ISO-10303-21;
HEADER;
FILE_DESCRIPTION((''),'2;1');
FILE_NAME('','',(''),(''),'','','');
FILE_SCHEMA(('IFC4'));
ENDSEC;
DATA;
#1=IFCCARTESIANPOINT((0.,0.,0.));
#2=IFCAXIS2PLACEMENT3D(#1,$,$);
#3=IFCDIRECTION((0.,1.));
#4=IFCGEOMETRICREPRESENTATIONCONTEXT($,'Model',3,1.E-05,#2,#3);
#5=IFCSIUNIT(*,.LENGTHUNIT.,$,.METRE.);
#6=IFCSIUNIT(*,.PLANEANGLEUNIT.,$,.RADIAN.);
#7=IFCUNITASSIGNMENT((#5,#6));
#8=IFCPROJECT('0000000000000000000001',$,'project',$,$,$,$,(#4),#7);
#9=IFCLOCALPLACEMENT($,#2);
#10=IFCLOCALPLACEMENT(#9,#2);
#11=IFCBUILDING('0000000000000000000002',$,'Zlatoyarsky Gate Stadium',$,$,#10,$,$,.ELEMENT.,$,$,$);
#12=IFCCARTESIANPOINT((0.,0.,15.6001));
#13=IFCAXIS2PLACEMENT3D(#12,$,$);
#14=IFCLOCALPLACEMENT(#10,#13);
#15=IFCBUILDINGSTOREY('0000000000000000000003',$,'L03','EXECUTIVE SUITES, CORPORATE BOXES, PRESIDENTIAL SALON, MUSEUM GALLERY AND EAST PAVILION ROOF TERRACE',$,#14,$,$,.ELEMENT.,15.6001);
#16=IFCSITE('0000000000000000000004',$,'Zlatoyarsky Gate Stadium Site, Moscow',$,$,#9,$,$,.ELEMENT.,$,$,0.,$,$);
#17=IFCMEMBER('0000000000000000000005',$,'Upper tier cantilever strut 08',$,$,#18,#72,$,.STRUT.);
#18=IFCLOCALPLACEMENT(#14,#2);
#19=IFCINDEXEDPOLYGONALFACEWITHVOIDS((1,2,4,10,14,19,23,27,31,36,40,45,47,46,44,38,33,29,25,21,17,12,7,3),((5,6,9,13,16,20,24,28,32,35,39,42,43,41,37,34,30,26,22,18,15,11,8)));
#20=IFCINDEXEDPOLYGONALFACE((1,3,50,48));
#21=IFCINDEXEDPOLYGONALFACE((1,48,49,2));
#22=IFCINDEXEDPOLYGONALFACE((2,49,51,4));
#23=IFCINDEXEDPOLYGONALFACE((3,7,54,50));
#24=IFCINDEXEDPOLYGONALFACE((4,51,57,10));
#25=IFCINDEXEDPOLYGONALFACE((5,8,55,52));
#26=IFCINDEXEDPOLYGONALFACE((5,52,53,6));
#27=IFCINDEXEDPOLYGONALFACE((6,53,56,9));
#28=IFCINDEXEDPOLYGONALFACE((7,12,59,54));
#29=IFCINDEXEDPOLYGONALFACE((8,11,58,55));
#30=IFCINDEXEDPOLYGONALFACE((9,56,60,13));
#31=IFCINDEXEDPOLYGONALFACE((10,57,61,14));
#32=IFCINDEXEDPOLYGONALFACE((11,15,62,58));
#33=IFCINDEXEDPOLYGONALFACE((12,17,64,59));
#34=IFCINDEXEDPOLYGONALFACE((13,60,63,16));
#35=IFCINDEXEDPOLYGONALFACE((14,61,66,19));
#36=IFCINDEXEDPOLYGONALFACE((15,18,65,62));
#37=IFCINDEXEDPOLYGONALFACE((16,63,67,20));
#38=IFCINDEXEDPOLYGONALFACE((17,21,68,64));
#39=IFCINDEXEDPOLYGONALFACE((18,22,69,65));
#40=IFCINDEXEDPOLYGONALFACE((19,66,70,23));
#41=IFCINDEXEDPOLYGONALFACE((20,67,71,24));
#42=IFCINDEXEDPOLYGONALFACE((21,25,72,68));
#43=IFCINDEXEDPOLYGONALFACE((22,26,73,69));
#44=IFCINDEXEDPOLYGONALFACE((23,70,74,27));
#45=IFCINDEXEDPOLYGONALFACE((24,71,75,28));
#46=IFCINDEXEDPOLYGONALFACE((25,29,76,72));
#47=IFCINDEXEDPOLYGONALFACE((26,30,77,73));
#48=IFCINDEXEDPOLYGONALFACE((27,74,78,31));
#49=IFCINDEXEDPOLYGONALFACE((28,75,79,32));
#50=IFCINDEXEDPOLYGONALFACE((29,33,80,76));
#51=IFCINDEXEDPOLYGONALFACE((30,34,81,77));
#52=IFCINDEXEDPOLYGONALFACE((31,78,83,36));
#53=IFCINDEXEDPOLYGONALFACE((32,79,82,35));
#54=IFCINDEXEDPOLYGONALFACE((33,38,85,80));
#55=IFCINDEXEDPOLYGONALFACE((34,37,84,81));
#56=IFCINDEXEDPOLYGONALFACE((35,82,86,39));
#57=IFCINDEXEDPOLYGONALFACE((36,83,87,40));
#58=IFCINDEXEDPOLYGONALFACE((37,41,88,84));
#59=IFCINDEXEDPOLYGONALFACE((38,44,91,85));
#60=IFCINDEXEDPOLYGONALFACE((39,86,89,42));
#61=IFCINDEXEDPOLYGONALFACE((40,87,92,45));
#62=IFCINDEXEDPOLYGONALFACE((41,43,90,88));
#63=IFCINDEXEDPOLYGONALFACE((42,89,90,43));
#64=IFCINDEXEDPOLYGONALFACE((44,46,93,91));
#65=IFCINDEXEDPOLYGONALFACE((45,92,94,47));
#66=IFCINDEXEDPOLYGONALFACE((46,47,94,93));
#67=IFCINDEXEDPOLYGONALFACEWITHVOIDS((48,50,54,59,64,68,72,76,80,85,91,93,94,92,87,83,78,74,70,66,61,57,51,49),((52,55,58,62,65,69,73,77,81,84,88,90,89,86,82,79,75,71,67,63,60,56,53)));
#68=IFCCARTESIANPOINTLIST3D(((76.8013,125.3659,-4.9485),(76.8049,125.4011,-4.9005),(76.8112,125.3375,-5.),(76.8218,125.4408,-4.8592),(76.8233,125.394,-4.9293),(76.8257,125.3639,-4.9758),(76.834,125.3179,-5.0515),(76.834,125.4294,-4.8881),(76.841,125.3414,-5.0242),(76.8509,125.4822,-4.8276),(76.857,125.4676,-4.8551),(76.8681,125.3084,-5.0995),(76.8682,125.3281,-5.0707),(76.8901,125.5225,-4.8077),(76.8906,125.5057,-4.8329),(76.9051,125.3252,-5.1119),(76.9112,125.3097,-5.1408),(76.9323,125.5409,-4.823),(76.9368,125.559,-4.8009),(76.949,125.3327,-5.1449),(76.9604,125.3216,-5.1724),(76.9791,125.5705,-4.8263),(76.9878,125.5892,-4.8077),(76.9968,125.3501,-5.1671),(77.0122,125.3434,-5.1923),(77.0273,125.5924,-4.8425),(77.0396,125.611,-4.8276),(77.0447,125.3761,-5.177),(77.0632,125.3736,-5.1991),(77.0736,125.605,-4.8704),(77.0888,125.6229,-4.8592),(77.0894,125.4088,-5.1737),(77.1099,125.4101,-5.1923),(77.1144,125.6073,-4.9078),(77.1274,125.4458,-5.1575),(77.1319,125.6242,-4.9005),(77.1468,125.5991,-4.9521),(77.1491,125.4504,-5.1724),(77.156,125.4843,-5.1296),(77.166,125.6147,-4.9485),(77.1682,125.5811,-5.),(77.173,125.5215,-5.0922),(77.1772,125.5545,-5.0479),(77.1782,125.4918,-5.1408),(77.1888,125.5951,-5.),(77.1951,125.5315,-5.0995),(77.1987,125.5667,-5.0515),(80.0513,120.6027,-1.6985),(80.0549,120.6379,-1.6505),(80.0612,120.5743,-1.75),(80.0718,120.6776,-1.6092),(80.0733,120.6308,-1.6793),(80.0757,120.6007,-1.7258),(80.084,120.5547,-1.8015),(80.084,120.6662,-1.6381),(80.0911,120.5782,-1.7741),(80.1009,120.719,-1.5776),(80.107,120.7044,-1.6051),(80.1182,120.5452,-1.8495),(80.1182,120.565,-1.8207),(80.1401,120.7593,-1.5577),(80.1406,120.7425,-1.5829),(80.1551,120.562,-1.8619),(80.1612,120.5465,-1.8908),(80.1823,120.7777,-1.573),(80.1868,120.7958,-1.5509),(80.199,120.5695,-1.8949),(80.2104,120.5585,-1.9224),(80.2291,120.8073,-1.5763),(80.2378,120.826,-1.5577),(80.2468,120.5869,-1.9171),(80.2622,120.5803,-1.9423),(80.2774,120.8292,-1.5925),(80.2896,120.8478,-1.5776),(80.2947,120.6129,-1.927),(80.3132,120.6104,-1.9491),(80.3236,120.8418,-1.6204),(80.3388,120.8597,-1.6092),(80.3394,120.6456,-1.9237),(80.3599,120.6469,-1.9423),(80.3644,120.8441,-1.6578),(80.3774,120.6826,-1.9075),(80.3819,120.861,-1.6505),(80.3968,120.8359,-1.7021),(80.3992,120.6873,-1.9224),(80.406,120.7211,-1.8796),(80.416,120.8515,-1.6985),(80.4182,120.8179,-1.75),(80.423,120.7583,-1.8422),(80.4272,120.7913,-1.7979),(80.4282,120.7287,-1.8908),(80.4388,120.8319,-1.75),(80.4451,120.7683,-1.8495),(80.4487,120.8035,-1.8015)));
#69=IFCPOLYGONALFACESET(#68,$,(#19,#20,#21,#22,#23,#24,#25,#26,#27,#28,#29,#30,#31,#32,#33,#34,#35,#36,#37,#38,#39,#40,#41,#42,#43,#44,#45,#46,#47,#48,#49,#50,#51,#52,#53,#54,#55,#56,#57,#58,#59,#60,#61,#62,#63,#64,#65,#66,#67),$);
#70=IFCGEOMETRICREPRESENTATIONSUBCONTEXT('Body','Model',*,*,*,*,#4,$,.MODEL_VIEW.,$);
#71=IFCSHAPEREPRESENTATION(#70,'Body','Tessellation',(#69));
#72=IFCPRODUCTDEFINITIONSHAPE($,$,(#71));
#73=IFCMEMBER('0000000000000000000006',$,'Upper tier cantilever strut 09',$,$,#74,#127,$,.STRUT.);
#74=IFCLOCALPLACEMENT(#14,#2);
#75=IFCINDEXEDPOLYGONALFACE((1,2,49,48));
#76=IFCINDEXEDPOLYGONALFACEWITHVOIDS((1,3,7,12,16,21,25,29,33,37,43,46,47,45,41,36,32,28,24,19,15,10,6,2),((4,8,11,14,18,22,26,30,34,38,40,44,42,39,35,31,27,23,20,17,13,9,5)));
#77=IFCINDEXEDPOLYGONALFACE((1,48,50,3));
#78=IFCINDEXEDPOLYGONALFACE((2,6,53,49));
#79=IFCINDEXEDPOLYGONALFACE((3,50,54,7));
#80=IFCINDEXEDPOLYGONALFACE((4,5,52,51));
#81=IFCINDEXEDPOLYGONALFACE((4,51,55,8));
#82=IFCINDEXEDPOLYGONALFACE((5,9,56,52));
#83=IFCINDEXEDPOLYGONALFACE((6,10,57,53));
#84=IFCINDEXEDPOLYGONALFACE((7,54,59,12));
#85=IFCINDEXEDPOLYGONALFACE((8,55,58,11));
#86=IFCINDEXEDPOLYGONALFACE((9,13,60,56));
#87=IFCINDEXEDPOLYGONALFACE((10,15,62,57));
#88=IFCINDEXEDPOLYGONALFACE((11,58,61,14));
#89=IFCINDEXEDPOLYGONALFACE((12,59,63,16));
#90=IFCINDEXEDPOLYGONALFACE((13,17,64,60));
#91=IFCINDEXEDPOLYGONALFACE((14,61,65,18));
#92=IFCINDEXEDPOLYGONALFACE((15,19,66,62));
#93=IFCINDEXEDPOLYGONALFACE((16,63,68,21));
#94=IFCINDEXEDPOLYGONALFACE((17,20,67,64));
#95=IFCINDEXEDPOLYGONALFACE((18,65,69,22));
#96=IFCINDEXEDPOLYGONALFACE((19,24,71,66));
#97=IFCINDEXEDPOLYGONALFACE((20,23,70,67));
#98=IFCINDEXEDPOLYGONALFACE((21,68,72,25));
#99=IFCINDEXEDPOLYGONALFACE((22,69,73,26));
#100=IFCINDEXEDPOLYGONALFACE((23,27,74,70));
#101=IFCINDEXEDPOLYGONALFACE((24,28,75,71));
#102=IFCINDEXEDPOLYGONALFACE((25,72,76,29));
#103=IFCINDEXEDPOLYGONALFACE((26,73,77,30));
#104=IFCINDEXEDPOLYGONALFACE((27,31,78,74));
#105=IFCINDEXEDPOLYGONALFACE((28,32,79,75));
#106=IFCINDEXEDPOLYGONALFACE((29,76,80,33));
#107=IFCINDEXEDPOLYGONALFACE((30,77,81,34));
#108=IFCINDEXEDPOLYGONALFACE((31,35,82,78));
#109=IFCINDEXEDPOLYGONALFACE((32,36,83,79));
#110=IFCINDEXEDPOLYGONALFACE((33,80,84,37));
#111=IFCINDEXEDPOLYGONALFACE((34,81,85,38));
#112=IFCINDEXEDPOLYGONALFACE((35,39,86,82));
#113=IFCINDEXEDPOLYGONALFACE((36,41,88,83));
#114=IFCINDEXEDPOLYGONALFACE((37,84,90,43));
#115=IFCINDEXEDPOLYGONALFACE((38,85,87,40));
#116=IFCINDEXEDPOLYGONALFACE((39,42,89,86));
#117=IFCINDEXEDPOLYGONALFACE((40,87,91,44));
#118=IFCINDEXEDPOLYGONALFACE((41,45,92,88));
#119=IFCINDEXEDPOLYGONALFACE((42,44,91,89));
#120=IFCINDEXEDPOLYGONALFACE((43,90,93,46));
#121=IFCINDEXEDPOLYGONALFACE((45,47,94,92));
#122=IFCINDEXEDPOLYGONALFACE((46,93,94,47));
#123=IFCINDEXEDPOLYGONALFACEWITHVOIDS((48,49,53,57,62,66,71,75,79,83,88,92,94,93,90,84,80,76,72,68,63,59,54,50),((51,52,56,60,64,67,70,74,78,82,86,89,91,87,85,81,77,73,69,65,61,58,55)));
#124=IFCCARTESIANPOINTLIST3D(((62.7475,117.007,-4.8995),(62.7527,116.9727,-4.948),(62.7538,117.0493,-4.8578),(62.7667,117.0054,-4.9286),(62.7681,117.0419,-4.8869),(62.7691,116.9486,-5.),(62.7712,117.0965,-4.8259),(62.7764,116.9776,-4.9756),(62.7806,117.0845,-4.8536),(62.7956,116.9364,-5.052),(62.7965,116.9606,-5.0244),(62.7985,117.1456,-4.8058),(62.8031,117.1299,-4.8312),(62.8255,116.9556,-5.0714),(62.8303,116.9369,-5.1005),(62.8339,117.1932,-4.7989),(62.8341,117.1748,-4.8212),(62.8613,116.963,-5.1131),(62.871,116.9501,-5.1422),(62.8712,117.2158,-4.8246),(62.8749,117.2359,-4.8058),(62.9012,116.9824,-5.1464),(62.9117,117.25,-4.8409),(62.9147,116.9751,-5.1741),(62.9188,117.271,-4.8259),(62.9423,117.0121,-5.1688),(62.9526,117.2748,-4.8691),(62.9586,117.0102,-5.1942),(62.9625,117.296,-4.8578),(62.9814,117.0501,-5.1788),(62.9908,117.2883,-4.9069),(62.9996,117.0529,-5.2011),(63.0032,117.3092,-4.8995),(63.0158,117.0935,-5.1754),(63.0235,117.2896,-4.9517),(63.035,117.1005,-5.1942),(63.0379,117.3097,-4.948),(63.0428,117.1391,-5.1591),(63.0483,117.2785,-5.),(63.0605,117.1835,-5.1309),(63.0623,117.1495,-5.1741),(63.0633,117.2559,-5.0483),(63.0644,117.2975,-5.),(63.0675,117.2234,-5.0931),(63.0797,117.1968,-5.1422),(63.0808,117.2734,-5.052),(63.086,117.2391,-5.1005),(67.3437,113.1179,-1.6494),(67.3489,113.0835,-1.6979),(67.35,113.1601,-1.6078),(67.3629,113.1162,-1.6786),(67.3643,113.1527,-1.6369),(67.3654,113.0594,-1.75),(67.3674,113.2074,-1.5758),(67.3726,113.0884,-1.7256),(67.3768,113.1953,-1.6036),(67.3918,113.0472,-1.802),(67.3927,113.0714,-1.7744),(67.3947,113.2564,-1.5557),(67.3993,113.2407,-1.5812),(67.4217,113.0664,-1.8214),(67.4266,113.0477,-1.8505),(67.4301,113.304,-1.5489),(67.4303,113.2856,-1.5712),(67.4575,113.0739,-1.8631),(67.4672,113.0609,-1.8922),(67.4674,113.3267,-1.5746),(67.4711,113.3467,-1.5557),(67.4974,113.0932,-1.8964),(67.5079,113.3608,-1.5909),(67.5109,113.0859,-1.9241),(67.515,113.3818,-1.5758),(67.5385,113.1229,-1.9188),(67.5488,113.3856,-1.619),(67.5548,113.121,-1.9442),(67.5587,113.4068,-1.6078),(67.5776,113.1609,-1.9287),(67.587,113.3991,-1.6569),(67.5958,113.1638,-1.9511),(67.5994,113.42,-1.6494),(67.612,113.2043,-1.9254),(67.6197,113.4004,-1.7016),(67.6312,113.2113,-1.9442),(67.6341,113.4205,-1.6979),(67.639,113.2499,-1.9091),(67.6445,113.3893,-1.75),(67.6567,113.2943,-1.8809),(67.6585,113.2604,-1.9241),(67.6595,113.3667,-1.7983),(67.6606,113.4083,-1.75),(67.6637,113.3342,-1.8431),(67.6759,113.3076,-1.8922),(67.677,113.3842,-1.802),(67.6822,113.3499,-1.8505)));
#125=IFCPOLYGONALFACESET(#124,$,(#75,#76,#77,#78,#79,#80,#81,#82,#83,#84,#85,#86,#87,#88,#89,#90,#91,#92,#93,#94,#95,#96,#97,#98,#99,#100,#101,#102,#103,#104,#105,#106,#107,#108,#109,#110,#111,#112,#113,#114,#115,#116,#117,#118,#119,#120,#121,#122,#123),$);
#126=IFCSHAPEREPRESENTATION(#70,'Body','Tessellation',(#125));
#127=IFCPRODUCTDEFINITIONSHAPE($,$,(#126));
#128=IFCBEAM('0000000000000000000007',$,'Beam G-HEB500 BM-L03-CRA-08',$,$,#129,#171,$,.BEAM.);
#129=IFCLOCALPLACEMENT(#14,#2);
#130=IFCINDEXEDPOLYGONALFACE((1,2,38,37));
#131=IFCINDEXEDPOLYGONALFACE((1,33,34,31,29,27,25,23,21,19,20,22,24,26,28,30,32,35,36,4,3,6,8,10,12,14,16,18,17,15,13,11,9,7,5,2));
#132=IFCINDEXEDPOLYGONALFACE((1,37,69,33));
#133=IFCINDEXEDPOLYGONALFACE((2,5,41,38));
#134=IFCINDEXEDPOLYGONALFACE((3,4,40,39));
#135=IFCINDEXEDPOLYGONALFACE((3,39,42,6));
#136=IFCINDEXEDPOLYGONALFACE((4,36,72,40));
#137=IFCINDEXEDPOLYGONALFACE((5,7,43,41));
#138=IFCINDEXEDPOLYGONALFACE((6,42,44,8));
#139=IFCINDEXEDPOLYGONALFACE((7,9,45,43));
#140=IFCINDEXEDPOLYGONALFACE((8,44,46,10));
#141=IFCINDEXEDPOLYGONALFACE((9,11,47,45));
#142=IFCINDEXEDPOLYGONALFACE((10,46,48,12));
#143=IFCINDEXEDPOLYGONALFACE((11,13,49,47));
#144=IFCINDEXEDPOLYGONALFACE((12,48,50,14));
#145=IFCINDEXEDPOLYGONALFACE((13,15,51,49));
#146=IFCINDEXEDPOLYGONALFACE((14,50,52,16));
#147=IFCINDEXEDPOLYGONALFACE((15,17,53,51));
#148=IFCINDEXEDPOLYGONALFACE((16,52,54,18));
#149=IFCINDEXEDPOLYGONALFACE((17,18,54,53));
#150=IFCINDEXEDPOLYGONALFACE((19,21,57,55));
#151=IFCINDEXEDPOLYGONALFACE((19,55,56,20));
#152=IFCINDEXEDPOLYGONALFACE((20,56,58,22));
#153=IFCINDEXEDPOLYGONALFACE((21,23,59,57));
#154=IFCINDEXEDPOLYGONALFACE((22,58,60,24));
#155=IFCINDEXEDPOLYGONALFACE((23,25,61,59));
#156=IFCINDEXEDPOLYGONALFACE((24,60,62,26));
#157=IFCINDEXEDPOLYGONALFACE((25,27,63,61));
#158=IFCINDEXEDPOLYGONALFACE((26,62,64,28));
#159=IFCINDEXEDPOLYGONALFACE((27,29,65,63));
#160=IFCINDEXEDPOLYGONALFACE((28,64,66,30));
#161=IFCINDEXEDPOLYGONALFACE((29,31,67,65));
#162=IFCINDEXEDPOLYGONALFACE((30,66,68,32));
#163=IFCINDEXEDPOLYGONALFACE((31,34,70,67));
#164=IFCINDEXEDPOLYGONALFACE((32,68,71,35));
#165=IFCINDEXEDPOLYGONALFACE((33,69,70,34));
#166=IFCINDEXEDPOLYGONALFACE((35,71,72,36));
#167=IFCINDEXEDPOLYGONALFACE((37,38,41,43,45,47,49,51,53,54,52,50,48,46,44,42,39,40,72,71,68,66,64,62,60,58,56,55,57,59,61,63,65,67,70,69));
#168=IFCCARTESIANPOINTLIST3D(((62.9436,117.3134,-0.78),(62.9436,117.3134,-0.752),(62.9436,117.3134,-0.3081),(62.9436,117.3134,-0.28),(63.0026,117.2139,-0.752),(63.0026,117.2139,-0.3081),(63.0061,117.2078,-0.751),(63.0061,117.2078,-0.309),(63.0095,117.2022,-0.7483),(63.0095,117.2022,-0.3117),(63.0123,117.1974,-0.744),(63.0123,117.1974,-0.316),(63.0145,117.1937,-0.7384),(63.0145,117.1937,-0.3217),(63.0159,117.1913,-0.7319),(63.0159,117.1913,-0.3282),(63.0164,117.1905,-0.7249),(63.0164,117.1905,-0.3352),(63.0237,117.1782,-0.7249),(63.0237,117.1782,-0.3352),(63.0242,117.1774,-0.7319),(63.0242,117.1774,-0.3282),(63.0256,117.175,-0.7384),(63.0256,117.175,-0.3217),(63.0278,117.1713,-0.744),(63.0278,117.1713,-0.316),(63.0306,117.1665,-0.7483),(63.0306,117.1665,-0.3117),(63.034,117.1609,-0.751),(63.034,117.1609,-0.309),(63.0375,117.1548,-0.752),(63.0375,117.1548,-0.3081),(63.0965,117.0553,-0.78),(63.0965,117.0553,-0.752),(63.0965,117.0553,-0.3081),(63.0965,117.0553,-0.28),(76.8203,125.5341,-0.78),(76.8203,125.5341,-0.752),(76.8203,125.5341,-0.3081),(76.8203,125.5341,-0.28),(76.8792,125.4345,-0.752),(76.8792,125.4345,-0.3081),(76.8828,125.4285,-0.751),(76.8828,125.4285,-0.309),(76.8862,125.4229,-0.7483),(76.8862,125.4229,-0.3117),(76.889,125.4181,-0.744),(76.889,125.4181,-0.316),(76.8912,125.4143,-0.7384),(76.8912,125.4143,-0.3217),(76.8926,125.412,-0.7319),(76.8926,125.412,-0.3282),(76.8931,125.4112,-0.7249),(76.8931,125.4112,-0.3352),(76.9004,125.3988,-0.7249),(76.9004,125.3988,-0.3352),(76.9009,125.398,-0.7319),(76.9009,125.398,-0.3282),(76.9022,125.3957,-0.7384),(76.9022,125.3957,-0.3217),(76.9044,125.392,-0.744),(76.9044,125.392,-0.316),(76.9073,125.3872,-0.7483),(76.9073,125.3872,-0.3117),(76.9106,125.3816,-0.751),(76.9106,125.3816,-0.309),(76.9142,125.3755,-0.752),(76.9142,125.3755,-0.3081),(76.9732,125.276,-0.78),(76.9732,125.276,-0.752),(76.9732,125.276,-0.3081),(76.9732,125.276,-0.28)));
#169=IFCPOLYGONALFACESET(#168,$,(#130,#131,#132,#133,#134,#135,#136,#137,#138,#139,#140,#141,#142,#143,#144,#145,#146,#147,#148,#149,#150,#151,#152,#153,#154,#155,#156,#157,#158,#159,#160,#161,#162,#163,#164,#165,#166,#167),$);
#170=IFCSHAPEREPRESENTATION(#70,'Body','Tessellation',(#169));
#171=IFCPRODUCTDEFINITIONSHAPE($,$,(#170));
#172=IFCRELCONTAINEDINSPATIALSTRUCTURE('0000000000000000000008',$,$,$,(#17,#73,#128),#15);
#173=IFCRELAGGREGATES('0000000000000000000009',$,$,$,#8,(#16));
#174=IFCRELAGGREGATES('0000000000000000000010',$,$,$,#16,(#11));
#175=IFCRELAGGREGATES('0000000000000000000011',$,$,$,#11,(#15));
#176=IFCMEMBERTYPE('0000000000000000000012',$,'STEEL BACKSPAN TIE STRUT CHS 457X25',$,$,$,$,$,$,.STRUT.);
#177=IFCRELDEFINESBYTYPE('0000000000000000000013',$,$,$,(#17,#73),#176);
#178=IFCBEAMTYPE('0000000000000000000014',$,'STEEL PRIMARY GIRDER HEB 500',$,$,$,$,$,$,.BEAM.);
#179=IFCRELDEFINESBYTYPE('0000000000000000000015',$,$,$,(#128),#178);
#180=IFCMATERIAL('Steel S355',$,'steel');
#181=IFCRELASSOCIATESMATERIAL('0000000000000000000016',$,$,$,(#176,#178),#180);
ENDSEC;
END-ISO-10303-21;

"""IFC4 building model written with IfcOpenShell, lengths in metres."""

from ifc_helpers import new_model, si_unit, direction, frame, origin, origin_2d, place, context, subcontext, project, spatial, hollow_circle, i_section, extrude, material, material_profile, profile_set, type_object, element, save


model = new_model("IFC4")

# Units and contexts
model_context = context("Model", 3, precision=1e-05, world=origin(), true_north=direction((0.0, 1.0)))
body_context = subcontext(model_context, "Body", "Model", "MODEL_VIEW")
ifc_project = project(units=[si_unit("LENGTHUNIT", "METRE"), si_unit("PLANEANGLEUNIT", "RADIAN")], contexts=[model_context])

# Site, building, storey
site_placement = place(None, origin())
site = spatial("IfcSite", under=ifc_project, at=site_placement, Name="Zlatoyarsky Gate Stadium Site, Moscow", CompositionType="ELEMENT", RefElevation=0.0)
building_placement = place(site_placement, origin())
building = spatial("IfcBuilding", under=site, at=building_placement, Name="Zlatoyarsky Gate Stadium", CompositionType="ELEMENT")
storey_placement = place(building_placement, frame((0.0, 0.0, 15.6001)))
storey = spatial("IfcBuildingStorey", under=building, at=storey_placement, Name="L03", Description="EXECUTIVE SUITES, CORPORATE BOXES, PRESIDENTIAL SALON, MUSEUM GALLERY AND EAST PAVILION ROOF TERRACE", CompositionType="ELEMENT", Elevation=15.6001)

# Shared definitions
ifc_material_1 = material(Name="Steel S355", Category="steel")

# Members
ifc_material_profile_1 = material_profile(ifc_material_1, hollow_circle(Radius=0.2285, WallThickness=0.0249, at=origin_2d()), Name="CHS 457X25")
ifc_profile_set_1 = profile_set([ifc_material_profile_1], Name="Steel S355")
member_type = type_object("IfcMemberType", Name="STEEL BACKSPAN TIE STRUT CHS 457X25", PredefinedType="STRUT", material=ifc_profile_set_1)
member_1_placement = place(storey_placement, frame((77.0, 125.4663, -5.0), z_axis=(0.491001, -0.719608, 0.491001), x_axis=(0.826036, 0.563618, 0.0)))
element("IfcMember", 1, at=member_1_placement, inside=storey, type_object=member_type, Name="Upper tier cantilever strut 08", PredefinedType="STRUT", context=body_context, shape_type="SweptSolid", body=[
    extrude(hollow_circle(Radius=0.2285, WallThickness=0.0249, at=origin_2d()), origin(), (0.0, 0.0, 1.0), 6.6191),
])
member_2_placement = place(storey_placement, frame((62.9167, 117.123, -5.0), z_axis=(0.671761, -0.568424, 0.475007), x_axis=(0.64595, 0.76338, 0.0)))
element("IfcMember", 2, at=member_2_placement, inside=storey, type_object=member_type, Name="Upper tier cantilever strut 09", PredefinedType="STRUT", context=body_context, shape_type="SweptSolid", body=[
    extrude(hollow_circle(Radius=0.2285, WallThickness=0.0249, at=origin_2d()), origin(), (0.0, 0.0, 1.0), 6.842),
])

# Beam
ifc_material_profile_2 = material_profile(ifc_material_1, i_section(OverallWidth=0.3, OverallDepth=0.5, WebThickness=0.0144, FlangeThickness=0.0281, FilletRadius=0.0271, at=origin_2d()), Name="HEB 500")
ifc_profile_set_2 = profile_set([ifc_material_profile_2], Name="Steel S355")
beam_type_1 = type_object("IfcBeamType", Name="STEEL PRIMARY GIRDER HEB 500", PredefinedType="BEAM", material=ifc_profile_set_2)
beam_1_placement = place(storey_placement, frame((76.8967, 125.405, -0.53), z_axis=(-0.86036, -0.509686, 0.0), x_axis=(0.509686, -0.86036, 0.0)))
element("IfcBeam", 3, at=beam_1_placement, inside=storey, type_object=beam_type_1, Name="Beam G-HEB500 BM-L03-CRA-08", PredefinedType="BEAM", context=body_context, shape_type="SweptSolid", body=[
    extrude(i_section(OverallWidth=0.3, OverallDepth=0.5, WebThickness=0.0144, FlangeThickness=0.0281, FilletRadius=0.0271, at=origin_2d()), origin(), (0.0, 0.0, 1.0), 16.1289),
])

save(model, "model.ifc")
